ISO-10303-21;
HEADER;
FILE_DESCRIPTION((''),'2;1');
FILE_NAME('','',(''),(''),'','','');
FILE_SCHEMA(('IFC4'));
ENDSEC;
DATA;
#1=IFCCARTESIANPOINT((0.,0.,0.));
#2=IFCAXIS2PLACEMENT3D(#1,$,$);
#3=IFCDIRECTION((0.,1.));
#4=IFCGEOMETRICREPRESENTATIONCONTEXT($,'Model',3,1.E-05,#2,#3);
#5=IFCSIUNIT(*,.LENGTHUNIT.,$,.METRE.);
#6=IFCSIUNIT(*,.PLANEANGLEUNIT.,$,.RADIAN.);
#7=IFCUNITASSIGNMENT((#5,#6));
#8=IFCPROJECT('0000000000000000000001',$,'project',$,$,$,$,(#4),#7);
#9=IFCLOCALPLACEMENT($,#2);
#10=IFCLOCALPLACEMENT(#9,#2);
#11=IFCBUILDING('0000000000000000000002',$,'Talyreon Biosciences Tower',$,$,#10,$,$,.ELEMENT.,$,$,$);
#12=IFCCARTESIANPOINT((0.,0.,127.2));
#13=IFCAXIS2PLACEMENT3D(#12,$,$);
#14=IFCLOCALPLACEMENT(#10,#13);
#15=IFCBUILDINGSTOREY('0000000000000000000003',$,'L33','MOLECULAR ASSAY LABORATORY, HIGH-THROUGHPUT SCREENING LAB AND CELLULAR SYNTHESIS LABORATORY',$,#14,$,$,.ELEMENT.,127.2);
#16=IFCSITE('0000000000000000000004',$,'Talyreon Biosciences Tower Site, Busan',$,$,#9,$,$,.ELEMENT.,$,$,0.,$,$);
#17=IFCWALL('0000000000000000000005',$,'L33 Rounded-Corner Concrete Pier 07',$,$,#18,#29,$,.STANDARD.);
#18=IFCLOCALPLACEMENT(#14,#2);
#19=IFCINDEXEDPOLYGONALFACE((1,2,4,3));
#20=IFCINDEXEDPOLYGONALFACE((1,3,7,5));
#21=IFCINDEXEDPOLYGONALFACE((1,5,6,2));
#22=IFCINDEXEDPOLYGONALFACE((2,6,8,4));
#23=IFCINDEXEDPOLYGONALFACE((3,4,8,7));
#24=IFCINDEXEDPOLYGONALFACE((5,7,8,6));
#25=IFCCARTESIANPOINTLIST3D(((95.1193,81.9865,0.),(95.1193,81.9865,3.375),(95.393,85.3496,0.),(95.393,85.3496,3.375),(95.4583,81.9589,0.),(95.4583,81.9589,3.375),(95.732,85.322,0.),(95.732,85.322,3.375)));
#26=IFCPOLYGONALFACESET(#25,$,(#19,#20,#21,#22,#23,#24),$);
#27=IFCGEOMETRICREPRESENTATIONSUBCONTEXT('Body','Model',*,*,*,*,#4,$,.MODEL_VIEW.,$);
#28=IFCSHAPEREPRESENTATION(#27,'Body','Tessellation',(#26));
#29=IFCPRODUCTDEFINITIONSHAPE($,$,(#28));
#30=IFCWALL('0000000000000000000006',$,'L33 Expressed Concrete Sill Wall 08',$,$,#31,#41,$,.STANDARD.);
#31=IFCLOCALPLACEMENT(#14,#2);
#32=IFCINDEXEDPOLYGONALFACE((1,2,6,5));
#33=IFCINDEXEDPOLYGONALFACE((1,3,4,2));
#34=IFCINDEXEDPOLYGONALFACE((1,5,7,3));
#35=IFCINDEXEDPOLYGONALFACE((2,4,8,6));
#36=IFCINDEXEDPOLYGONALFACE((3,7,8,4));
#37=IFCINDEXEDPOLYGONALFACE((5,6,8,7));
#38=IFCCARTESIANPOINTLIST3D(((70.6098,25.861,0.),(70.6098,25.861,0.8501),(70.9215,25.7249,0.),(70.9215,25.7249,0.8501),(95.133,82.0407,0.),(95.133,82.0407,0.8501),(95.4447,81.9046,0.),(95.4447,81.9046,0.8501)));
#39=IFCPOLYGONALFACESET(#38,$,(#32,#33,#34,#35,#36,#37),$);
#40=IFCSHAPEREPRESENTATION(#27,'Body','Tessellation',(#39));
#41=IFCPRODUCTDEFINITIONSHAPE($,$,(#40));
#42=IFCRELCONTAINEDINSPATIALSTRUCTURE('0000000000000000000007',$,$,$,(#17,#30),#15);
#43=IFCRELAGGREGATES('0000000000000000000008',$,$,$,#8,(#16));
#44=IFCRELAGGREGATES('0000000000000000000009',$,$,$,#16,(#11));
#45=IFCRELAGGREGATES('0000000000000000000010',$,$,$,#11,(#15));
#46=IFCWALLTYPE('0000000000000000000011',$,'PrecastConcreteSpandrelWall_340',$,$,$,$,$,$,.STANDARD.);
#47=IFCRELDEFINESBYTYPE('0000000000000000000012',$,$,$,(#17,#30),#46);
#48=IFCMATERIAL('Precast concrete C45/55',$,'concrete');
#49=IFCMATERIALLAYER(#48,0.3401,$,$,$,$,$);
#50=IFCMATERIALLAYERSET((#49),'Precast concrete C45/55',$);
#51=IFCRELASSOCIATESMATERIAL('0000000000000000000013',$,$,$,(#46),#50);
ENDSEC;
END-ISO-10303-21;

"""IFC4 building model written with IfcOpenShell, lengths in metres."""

from ifc_helpers import new_model, si_unit, direction, frame, frame_2d, origin, place, context, subcontext, project, spatial, rectangle, extrude, material, layer, layer_set, type_object, element, save


model = new_model("IFC4")

# Units and contexts
model_context = context("Model", 3, precision=1e-05, world=origin(), true_north=direction((0.0, 1.0)))
body_context = subcontext(model_context, "Body", "Model", "MODEL_VIEW")
ifc_project = project(units=[si_unit("LENGTHUNIT", "METRE"), si_unit("PLANEANGLEUNIT", "RADIAN")], contexts=[model_context])

# Site, building, storey
site_placement = place(None, origin())
site = spatial("IfcSite", under=ifc_project, at=site_placement, Name="Talyreon Biosciences Tower Site, Busan", CompositionType="ELEMENT", RefElevation=0.0)
building_placement = place(site_placement, origin())
building = spatial("IfcBuilding", under=site, at=building_placement, Name="Talyreon Biosciences Tower", CompositionType="ELEMENT")
storey_placement = place(building_placement, frame((0.0, 0.0, 127.2)))
storey = spatial("IfcBuildingStorey", under=building, at=storey_placement, Name="L33", Description="MOLECULAR ASSAY LABORATORY, HIGH-THROUGHPUT SCREENING LAB AND CELLULAR SYNTHESIS LABORATORY", CompositionType="ELEMENT", Elevation=127.2)

# Shared definitions
ifc_material_1 = material(Name="Precast concrete C45/55", Category="concrete")

# Walls
ifc_layer_1 = layer(ifc_material_1, 0.3401)
ifc_layer_set_1 = layer_set([ifc_layer_1], Name="Precast concrete C45/55")
wall_type_1 = type_object("IfcWallType", Name="PrecastConcreteSpandrelWall_340", PredefinedType="STANDARD", material=ifc_layer_set_1)
wall_1_placement = place(storey_placement, frame((95.5625, 85.3357, 0.0), z_axis=(0.0, 0.0, 1.0), x_axis=(-0.081111, -0.996705, 0.0)))
element("IfcWall", 1, at=wall_1_placement, inside=storey, type_object=wall_type_1, Name="L33 Rounded-Corner Concrete Pier 07", PredefinedType="STANDARD", context=body_context, shape_type="SweptSolid", body=[
    extrude(rectangle(XDim=3.3743, YDim=0.3401, at=frame_2d((1.687, 0.0))), origin(), (0.0, 0.0, 1.0), 3.375),
])
wall_2_placement = place(storey_placement, frame((95.2888, 81.9727, 0.0), z_axis=(0.0, 0.0, 1.0), x_axis=(-0.40006, -0.916489, 0.0)))
element("IfcWall", 2, at=wall_2_placement, inside=storey, type_object=wall_type_1, Name="L33 Expressed Concrete Sill Wall 08", PredefinedType="STANDARD", context=body_context, shape_type="SweptSolid", body=[
    extrude(rectangle(XDim=61.2988, YDim=0.3401, at=frame_2d((30.6494, 0.0))), origin(), (0.0, 0.0, 1.0), 0.8501),
])

save(model, "model.ifc")
